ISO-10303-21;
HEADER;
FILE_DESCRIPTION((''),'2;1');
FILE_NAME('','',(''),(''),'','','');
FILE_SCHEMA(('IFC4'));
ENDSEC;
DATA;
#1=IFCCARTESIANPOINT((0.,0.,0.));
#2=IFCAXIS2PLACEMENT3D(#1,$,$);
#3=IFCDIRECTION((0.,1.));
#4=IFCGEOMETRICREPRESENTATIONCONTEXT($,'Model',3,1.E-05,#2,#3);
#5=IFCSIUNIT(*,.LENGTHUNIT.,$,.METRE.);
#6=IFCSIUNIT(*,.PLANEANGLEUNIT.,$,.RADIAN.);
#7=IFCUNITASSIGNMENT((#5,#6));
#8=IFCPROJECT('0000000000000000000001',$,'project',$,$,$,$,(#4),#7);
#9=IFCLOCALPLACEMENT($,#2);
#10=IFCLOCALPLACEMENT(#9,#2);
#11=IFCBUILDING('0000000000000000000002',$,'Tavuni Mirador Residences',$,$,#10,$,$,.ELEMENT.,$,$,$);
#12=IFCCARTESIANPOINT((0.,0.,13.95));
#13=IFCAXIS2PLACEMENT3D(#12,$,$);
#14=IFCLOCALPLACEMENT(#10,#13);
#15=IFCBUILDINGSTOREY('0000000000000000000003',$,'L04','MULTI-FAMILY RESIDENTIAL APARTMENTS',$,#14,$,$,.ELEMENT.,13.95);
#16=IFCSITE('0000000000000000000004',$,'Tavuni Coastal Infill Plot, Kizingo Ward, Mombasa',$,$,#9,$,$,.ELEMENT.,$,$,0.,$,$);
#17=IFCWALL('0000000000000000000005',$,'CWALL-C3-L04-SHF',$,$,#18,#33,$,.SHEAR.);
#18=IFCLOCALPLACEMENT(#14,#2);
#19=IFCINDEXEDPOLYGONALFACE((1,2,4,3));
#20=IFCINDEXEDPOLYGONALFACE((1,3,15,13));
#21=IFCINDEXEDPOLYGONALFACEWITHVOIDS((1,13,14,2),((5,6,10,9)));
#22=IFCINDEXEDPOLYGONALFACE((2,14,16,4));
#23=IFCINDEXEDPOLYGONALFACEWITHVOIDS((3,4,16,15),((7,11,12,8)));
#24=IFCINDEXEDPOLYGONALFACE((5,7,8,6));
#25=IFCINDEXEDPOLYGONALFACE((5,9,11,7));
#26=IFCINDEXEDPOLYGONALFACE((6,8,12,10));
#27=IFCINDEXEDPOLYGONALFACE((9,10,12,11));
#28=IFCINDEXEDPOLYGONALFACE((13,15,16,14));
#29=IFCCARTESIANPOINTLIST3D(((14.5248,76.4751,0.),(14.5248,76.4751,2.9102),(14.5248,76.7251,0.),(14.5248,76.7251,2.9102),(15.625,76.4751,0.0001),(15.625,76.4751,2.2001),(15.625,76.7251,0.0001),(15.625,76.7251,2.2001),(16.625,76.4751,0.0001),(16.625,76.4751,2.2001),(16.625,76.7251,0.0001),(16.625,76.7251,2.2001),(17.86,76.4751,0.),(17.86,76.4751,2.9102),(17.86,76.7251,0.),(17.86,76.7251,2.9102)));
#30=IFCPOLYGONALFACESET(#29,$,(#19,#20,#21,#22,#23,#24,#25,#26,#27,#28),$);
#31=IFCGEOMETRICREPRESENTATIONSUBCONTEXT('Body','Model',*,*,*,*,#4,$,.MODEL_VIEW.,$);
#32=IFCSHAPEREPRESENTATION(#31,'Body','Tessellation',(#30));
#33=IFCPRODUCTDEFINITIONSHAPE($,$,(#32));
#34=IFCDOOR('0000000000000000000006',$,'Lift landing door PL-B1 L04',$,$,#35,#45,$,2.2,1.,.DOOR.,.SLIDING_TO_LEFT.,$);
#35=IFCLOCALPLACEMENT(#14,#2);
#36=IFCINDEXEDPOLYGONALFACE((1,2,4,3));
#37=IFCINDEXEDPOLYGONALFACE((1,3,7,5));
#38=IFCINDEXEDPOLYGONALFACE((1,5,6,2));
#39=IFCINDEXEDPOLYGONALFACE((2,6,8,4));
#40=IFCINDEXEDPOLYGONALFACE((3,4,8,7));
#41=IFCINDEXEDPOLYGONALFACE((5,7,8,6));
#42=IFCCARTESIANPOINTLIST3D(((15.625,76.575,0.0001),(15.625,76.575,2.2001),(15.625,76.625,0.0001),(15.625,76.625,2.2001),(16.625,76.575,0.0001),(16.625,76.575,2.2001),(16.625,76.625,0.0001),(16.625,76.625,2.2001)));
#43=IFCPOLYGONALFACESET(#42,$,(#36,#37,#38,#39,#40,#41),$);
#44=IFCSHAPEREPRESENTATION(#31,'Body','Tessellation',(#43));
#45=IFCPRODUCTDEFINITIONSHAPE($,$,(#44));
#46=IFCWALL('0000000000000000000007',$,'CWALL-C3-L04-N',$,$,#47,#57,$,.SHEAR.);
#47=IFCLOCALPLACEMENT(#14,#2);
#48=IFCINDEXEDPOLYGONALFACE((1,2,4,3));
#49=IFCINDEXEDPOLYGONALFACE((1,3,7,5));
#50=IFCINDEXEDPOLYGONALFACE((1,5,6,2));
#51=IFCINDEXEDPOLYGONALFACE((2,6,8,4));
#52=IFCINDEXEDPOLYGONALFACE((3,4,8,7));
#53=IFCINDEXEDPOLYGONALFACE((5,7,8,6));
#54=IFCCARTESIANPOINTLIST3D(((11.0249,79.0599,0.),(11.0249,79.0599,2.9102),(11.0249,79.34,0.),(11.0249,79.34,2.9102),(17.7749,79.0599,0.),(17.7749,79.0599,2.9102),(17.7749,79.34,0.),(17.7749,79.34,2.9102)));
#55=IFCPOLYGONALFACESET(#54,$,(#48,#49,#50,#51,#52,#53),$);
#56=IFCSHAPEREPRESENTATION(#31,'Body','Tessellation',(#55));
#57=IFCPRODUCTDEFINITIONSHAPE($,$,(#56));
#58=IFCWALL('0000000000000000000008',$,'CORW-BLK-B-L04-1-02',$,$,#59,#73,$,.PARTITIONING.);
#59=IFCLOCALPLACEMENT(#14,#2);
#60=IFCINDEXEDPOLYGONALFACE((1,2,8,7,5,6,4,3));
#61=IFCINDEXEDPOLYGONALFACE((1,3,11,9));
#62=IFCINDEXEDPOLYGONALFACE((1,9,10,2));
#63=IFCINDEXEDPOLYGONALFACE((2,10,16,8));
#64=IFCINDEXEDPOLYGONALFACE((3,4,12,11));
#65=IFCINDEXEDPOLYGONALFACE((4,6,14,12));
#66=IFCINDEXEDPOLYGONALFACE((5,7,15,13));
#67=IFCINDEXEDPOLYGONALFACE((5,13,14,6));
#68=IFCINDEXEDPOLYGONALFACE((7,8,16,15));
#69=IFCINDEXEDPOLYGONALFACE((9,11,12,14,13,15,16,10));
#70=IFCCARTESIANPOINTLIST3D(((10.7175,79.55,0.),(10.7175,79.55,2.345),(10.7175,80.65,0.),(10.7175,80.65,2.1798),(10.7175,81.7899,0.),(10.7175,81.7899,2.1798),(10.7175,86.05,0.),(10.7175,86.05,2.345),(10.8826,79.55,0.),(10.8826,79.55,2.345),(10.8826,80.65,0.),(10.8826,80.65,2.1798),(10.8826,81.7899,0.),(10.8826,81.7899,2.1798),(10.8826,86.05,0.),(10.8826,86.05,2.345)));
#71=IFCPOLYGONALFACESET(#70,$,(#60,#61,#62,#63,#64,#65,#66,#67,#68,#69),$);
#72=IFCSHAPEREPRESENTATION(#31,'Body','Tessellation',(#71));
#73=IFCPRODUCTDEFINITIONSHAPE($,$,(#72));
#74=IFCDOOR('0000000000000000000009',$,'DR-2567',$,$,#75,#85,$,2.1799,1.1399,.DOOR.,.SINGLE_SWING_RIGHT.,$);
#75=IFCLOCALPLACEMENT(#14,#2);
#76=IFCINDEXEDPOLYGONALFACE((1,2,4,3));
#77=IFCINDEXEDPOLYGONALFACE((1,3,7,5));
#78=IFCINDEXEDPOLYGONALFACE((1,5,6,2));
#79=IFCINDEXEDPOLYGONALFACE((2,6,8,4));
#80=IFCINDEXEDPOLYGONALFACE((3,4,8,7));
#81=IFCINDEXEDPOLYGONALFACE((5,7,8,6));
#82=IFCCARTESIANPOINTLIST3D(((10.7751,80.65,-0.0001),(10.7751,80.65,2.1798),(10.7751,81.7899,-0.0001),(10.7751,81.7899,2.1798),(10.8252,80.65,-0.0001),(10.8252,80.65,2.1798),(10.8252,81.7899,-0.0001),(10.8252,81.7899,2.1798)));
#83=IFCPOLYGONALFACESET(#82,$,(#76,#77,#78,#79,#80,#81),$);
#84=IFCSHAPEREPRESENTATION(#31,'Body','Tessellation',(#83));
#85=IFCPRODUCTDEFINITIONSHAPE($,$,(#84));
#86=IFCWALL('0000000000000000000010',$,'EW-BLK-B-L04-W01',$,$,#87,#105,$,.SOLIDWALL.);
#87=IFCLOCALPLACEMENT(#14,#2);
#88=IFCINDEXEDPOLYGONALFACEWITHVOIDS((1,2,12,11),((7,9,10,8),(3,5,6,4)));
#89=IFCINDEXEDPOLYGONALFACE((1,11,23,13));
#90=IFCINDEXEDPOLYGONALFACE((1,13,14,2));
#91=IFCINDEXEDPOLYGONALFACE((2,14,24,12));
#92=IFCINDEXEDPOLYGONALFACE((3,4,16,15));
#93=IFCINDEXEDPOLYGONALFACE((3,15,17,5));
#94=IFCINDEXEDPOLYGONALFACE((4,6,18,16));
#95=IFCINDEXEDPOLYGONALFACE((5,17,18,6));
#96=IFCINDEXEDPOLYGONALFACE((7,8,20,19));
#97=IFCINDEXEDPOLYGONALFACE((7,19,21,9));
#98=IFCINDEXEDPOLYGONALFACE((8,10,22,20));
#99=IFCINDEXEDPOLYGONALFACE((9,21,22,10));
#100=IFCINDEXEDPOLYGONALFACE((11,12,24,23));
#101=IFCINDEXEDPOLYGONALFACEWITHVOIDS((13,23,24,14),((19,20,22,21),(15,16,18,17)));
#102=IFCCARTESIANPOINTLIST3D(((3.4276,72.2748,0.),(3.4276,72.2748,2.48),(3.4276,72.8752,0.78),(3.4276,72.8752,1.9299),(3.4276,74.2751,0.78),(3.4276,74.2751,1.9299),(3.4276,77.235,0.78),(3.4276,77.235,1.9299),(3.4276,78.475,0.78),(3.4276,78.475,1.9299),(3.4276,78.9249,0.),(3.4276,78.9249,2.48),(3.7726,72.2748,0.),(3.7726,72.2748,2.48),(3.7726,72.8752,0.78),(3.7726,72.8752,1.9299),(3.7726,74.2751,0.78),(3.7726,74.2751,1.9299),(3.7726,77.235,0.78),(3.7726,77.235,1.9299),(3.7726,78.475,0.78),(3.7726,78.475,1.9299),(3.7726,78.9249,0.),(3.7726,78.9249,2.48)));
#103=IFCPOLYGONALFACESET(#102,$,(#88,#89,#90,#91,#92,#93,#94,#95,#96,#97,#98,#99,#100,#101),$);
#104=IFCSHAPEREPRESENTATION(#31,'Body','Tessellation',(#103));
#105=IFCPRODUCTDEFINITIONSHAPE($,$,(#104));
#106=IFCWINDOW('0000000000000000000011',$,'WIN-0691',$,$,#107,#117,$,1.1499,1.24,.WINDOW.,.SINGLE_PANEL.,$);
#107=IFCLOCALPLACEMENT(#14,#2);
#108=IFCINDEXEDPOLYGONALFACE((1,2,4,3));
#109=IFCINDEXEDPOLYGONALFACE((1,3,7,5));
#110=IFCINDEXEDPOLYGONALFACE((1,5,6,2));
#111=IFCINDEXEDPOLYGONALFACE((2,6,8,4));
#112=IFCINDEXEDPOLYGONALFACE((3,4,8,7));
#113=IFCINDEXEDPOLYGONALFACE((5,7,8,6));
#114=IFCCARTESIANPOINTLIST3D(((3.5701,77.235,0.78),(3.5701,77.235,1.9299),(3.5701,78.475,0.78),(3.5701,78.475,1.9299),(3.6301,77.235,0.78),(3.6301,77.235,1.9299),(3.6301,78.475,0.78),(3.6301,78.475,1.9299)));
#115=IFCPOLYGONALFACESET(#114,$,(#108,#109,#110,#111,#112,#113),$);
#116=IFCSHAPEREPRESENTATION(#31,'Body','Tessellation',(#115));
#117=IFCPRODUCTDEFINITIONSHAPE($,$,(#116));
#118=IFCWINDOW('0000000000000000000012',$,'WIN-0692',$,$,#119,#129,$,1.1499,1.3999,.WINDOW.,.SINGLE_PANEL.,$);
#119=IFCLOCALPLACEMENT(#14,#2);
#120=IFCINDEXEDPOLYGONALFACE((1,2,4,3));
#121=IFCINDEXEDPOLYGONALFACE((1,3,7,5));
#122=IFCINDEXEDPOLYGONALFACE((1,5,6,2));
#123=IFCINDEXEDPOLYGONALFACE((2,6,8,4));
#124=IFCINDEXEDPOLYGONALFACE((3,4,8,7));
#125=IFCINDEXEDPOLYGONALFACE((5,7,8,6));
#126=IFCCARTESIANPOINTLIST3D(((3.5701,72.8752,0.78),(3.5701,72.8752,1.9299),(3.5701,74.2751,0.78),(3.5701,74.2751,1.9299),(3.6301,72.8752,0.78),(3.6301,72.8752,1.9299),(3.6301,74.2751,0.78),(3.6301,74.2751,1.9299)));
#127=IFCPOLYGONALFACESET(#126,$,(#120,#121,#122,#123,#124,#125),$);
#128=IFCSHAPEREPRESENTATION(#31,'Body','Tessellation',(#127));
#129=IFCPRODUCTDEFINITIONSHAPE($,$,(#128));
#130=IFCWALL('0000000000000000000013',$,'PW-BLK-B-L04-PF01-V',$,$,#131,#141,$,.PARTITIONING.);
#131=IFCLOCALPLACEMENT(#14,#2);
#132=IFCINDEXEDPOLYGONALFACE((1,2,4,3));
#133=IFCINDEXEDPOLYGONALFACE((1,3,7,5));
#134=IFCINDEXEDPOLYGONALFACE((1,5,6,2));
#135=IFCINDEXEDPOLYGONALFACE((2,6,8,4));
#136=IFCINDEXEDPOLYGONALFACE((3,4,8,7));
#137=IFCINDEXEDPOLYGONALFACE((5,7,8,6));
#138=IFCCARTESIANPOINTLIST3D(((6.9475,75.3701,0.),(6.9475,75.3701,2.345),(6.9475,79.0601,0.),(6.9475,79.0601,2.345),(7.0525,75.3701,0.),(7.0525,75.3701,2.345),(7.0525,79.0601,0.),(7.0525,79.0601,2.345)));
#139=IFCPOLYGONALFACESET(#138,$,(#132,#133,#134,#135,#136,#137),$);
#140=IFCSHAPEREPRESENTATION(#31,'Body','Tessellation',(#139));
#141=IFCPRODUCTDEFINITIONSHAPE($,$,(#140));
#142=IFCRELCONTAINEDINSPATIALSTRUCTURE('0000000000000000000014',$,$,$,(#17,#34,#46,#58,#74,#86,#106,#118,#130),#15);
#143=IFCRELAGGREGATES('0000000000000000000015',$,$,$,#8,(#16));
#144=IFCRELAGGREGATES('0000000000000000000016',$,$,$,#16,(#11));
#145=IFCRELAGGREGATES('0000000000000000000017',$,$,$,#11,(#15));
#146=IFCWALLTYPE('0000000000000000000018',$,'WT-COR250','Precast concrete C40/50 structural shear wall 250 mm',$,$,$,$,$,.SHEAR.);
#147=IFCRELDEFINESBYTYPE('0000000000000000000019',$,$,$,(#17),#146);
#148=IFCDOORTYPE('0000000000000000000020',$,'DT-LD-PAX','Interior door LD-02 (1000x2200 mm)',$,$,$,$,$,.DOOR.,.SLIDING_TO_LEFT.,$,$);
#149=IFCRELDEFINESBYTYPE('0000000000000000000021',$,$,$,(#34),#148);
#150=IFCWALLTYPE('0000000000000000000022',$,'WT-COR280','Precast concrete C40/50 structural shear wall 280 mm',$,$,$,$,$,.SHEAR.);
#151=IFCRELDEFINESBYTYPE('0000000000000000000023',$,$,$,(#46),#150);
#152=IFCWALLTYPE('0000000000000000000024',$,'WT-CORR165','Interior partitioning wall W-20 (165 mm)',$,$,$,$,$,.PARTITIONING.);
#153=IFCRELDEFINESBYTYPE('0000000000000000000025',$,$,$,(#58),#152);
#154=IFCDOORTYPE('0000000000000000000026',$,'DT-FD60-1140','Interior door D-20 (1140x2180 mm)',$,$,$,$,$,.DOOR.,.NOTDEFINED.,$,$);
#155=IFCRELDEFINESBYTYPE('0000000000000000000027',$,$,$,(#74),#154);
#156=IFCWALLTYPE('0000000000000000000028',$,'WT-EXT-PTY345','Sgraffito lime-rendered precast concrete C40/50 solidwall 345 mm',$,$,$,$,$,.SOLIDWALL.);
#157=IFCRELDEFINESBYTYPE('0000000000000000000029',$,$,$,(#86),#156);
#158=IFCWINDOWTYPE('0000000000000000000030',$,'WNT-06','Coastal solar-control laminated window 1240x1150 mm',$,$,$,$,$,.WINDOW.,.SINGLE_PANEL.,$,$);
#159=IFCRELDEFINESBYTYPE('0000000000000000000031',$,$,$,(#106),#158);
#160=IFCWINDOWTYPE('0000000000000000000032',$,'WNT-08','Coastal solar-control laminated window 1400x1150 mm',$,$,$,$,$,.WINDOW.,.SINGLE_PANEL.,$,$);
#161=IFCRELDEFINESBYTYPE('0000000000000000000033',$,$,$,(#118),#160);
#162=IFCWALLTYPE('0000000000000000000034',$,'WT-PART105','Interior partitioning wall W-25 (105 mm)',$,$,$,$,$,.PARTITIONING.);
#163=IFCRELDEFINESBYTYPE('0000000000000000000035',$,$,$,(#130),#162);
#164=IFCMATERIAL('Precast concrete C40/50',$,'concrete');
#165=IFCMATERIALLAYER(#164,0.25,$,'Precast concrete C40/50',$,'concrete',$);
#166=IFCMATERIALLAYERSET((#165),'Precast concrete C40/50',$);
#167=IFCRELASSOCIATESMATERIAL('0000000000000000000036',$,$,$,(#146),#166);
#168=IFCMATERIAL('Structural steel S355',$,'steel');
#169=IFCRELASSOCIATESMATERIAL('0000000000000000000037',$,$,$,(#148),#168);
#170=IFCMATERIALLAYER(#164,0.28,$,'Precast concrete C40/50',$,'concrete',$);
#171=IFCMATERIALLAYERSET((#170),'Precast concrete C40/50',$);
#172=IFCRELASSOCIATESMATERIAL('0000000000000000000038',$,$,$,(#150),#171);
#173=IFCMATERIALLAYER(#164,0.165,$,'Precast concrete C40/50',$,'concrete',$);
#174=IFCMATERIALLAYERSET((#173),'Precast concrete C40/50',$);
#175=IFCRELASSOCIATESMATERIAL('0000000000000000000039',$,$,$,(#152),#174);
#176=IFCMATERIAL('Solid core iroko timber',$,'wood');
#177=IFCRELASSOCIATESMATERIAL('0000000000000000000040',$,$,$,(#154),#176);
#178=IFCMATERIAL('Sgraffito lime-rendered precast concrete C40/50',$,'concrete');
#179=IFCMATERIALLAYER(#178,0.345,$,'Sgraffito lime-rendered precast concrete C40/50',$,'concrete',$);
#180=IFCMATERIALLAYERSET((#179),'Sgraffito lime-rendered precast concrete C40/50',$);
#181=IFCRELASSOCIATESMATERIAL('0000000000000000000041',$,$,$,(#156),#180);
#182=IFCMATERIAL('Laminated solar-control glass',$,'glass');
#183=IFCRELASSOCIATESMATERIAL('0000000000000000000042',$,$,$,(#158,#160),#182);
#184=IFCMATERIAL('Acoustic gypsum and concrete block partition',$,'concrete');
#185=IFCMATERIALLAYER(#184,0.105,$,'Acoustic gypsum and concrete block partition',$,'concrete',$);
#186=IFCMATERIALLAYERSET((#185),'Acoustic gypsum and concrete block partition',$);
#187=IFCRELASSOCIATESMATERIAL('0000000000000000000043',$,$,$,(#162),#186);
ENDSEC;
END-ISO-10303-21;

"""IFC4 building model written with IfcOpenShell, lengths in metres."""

from ifc_helpers import new_model, si_unit, direction, frame, frame_2d, origin, place, context, subcontext, project, spatial, rectangle, extrude, material, layer, layer_set, type_object, element, fill, save


model = new_model("IFC4")

# Units and contexts
model_context = context("Model", 3, precision=1e-05, world=origin(), true_north=direction((0.0, 1.0)))
body_context = subcontext(model_context, "Body", "Model", "MODEL_VIEW")
ifc_project = project(units=[si_unit("LENGTHUNIT", "METRE"), si_unit("PLANEANGLEUNIT", "RADIAN")], contexts=[model_context])

# Site, building, storey
site_placement = place(None, origin())
site = spatial("IfcSite", under=ifc_project, at=site_placement, Name="Tavuni Coastal Infill Plot, Kizingo Ward, Mombasa", CompositionType="ELEMENT", RefElevation=0.0)
building_placement = place(site_placement, origin())
building = spatial("IfcBuilding", under=site, at=building_placement, Name="Tavuni Mirador Residences", CompositionType="ELEMENT")
storey_placement = place(building_placement, frame((0.0, 0.0, 13.95)))
storey = spatial("IfcBuildingStorey", under=building, at=storey_placement, Name="L04", Description="MULTI-FAMILY RESIDENTIAL APARTMENTS", CompositionType="ELEMENT", Elevation=13.95)

# Shared definitions
ifc_material_1 = material(Name="Precast concrete C40/50", Category="concrete")

# Shared definitions
ifc_material_2 = material(Name="Structural steel S355", Category="steel")

# Wall, opening, door
ifc_layer_1 = layer(ifc_material_1, 0.25, Name="Precast concrete C40/50", Category="concrete")
ifc_layer_set_1 = layer_set([ifc_layer_1], Name="Precast concrete C40/50")
wall_type_1 = type_object("IfcWallType", Name="WT-COR250", Description="Precast concrete C40/50 structural shear wall 250 mm", PredefinedType="SHEAR", material=ifc_layer_set_1)
wall_1_placement = place(storey_placement, frame((14.5249, 76.6001, 0.0), z_axis=(0.0, 0.0, 1.0), x_axis=(1.0, 0.0, 0.0)))
wall_1 = element("IfcWall", 1, at=wall_1_placement, inside=storey, type_object=wall_type_1, Name="CWALL-C3-L04-SHF", PredefinedType="SHEAR", context=body_context, shape_type="SweptSolid", body=[
    extrude(rectangle(XDim=3.3352, YDim=0.25, at=frame_2d((1.6675, 0.0))), origin(), (0.0, 0.0, 1.0), 2.9102),
])
opening_1_placement = place(wall_1_placement, frame((1.1001, 0.0, 0.0)))
opening_1 = element("IfcOpeningElement", 2, at=opening_1_placement, cuts=wall_1, PredefinedType="OPENING", context=body_context, shape_type="SweptSolid", body=[
    extrude(rectangle(XDim=1.0, YDim=2.2, at=frame_2d((0.5, 1.1001))), frame((0.0, 0.135, 0.0), z_axis=(0.0, -1.0, 0.0), x_axis=(1.0, 0.0, 0.0)), (0.0, 0.0, 1.0), 0.27),
])
door_type_1 = type_object("IfcDoorType", Name="DT-LD-PAX", Description="Interior door LD-02 (1000x2200 mm)", OperationType="SLIDING_TO_LEFT", PredefinedType="DOOR", material=ifc_material_2)
door_1_placement = place(opening_1_placement, origin())
door_1 = element("IfcDoor", 3, at=door_1_placement, inside=storey, type_object=door_type_1, Name="Lift landing door PL-B1 L04", OperationType="SLIDING_TO_LEFT", OverallHeight=2.2, OverallWidth=1.0, PredefinedType="DOOR", context=body_context, shape_type="SweptSolid", body=[
    extrude(rectangle(XDim=1.0, YDim=2.2, at=frame_2d((0.5, 1.1001))), frame((0.0, 0.0249, 0.0), z_axis=(0.0, -1.0, 0.0), x_axis=(1.0, 0.0, 0.0)), (0.0, 0.0, 1.0), 0.05),
])
fill(opening_1, door_1)

# Wall
ifc_layer_2 = layer(ifc_material_1, 0.28, Name="Precast concrete C40/50", Category="concrete")
ifc_layer_set_2 = layer_set([ifc_layer_2], Name="Precast concrete C40/50")
wall_type_2 = type_object("IfcWallType", Name="WT-COR280", Description="Precast concrete C40/50 structural shear wall 280 mm", PredefinedType="SHEAR", material=ifc_layer_set_2)
wall_2_placement = place(storey_placement, frame((11.0249, 79.2, 0.0), z_axis=(0.0, 0.0, 1.0), x_axis=(1.0, 0.0, 0.0)))
element("IfcWall", 4, at=wall_2_placement, inside=storey, type_object=wall_type_2, Name="CWALL-C3-L04-N", PredefinedType="SHEAR", context=body_context, shape_type="SweptSolid", body=[
    extrude(rectangle(XDim=6.75, YDim=0.28, at=frame_2d((3.375, 0.0))), origin(), (0.0, 0.0, 1.0), 2.9102),
])

# Wall, opening, door
ifc_layer_3 = layer(ifc_material_1, 0.165, Name="Precast concrete C40/50", Category="concrete")
ifc_layer_set_3 = layer_set([ifc_layer_3], Name="Precast concrete C40/50")
wall_type_3 = type_object("IfcWallType", Name="WT-CORR165", Description="Interior partitioning wall W-20 (165 mm)", PredefinedType="PARTITIONING", material=ifc_layer_set_3)
wall_3_placement = place(storey_placement, frame((10.8, 79.55, 0.0), z_axis=(0.0, 0.0, 1.0), x_axis=(0.0, 1.0, 0.0)))
wall_3 = element("IfcWall", 5, at=wall_3_placement, inside=storey, type_object=wall_type_3, Name="CORW-BLK-B-L04-1-02", PredefinedType="PARTITIONING", context=body_context, shape_type="SweptSolid", body=[
    extrude(rectangle(XDim=6.5, YDim=0.165, at=frame_2d((3.25, 0.0))), origin(), (0.0, 0.0, 1.0), 2.345),
])
opening_2_placement = place(wall_3_placement, frame((1.1001, 0.0, 0.0)))
opening_2 = element("IfcOpeningElement", 6, at=opening_2_placement, cuts=wall_3, PredefinedType="OPENING", context=body_context, shape_type="SweptSolid", body=[
    extrude(rectangle(XDim=1.1399, YDim=2.1799, at=frame_2d((0.5698, 1.0898))), frame((0.0, 0.0925, 0.0), z_axis=(0.0, -1.0, 0.0), x_axis=(1.0, 0.0, 0.0)), (0.0, 0.0, 1.0), 0.1851),
])
ifc_material_3 = material(Name="Solid core iroko timber", Category="wood")
door_type_2 = type_object("IfcDoorType", Name="DT-FD60-1140", Description="Interior door D-20 (1140x2180 mm)", OperationType="NOTDEFINED", PredefinedType="DOOR", material=ifc_material_3)
door_2_placement = place(opening_2_placement, origin())
door_2 = element("IfcDoor", 7, at=door_2_placement, inside=storey, type_object=door_type_2, Name="DR-2567", OperationType="SINGLE_SWING_RIGHT", OverallHeight=2.1799, OverallWidth=1.1399, PredefinedType="DOOR", context=body_context, shape_type="SweptSolid", body=[
    extrude(rectangle(XDim=1.1399, YDim=2.1799, at=frame_2d((0.5698, 1.0898))), frame((0.0, 0.0249, 0.0), z_axis=(0.0, -1.0, 0.0), x_axis=(1.0, 0.0, 0.0)), (0.0, 0.0, 1.0), 0.05),
])
fill(opening_2, door_2)

# Wall, openings, windows
ifc_material_4 = material(Name="Sgraffito lime-rendered precast concrete C40/50", Category="concrete")
ifc_layer_4 = layer(ifc_material_4, 0.345, Name="Sgraffito lime-rendered precast concrete C40/50", Category="concrete")
ifc_layer_set_4 = layer_set([ifc_layer_4], Name="Sgraffito lime-rendered precast concrete C40/50")
wall_type_4 = type_object("IfcWallType", Name="WT-EXT-PTY345", Description="Sgraffito lime-rendered precast concrete C40/50 solidwall 345 mm", PredefinedType="SOLIDWALL", material=ifc_layer_set_4)
wall_4_placement = place(storey_placement, frame((3.6001, 78.925, 0.0), z_axis=(0.0, 0.0, 1.0), x_axis=(0.0, -1.0, 0.0)))
wall_4 = element("IfcWall", 8, at=wall_4_placement, inside=storey, type_object=wall_type_4, Name="EW-BLK-B-L04-W01", PredefinedType="SOLIDWALL", context=body_context, shape_type="SweptSolid", body=[
    extrude(rectangle(XDim=6.6501, YDim=0.345, at=frame_2d((3.3252, 0.0))), origin(), (0.0, 0.0, 1.0), 2.48),
])
opening_3_placement = place(wall_4_placement, frame((0.45, 0.0, 0.78)))
opening_3 = element("IfcOpeningElement", 9, at=opening_3_placement, cuts=wall_4, PredefinedType="OPENING", context=body_context, shape_type="SweptSolid", body=[
    extrude(rectangle(XDim=1.24, YDim=1.1499, at=frame_2d((0.6201, 0.575))), frame((0.0, 0.1826, 0.0), z_axis=(0.0, -1.0, 0.0), x_axis=(1.0, 0.0, 0.0)), (0.0, 0.0, 1.0), 0.365),
])
opening_4_placement = place(wall_4_placement, frame((4.6499, 0.0, 0.78)))
opening_4 = element("IfcOpeningElement", 10, at=opening_4_placement, cuts=wall_4, PredefinedType="OPENING", context=body_context, shape_type="SweptSolid", body=[
    extrude(rectangle(XDim=1.3999, YDim=1.1499, at=frame_2d((0.7, 0.575))), frame((0.0, 0.1826, 0.0), z_axis=(0.0, -1.0, 0.0), x_axis=(1.0, 0.0, 0.0)), (0.0, 0.0, 1.0), 0.365),
])
ifc_material_5 = material(Name="Laminated solar-control glass", Category="glass")
window_type_1 = type_object("IfcWindowType", Name="WNT-06", Description="Coastal solar-control laminated window 1240x1150 mm", PartitioningType="SINGLE_PANEL", PredefinedType="WINDOW", material=ifc_material_5)
window_1_placement = place(opening_3_placement, origin())
window_1 = element("IfcWindow", 11, at=window_1_placement, inside=storey, type_object=window_type_1, Name="WIN-0691", OverallHeight=1.1499, OverallWidth=1.24, PartitioningType="SINGLE_PANEL", PredefinedType="WINDOW", context=body_context, shape_type="SweptSolid", body=[
    extrude(rectangle(XDim=1.24, YDim=1.1499, at=frame_2d((0.6201, 0.575))), frame((0.0, 0.03, 0.0), z_axis=(0.0, -1.0, 0.0), x_axis=(1.0, 0.0, 0.0)), (0.0, 0.0, 1.0), 0.0601),
])
fill(opening_3, window_1)
window_type_2 = type_object("IfcWindowType", Name="WNT-08", Description="Coastal solar-control laminated window 1400x1150 mm", PartitioningType="SINGLE_PANEL", PredefinedType="WINDOW", material=ifc_material_5)
window_2_placement = place(opening_4_placement, origin())
window_2 = element("IfcWindow", 12, at=window_2_placement, inside=storey, type_object=window_type_2, Name="WIN-0692", OverallHeight=1.1499, OverallWidth=1.3999, PartitioningType="SINGLE_PANEL", PredefinedType="WINDOW", context=body_context, shape_type="SweptSolid", body=[
    extrude(rectangle(XDim=1.3999, YDim=1.1499, at=frame_2d((0.7, 0.575))), frame((0.0, 0.03, 0.0), z_axis=(0.0, -1.0, 0.0), x_axis=(1.0, 0.0, 0.0)), (0.0, 0.0, 1.0), 0.0601),
])
fill(opening_4, window_2)

# Wall
ifc_material_6 = material(Name="Acoustic gypsum and concrete block partition", Category="concrete")
ifc_layer_5 = layer(ifc_material_6, 0.105, Name="Acoustic gypsum and concrete block partition", Category="concrete")
ifc_layer_set_5 = layer_set([ifc_layer_5], Name="Acoustic gypsum and concrete block partition")
wall_type_5 = type_object("IfcWallType", Name="WT-PART105", Description="Interior partitioning wall W-25 (105 mm)", PredefinedType="PARTITIONING", material=ifc_layer_set_5)
wall_5_placement = place(storey_placement, frame((7.0, 75.3701, 0.0), z_axis=(0.0, 0.0, 1.0), x_axis=(0.0, 1.0, 0.0)))
element("IfcWall", 13, at=wall_5_placement, inside=storey, type_object=wall_type_5, Name="PW-BLK-B-L04-PF01-V", PredefinedType="PARTITIONING", context=body_context, shape_type="SweptSolid", body=[
    extrude(rectangle(XDim=3.6899, YDim=0.105, at=frame_2d((1.845, 0.0))), origin(), (0.0, 0.0, 1.0), 2.345),
])

save(model, "model.ifc")
